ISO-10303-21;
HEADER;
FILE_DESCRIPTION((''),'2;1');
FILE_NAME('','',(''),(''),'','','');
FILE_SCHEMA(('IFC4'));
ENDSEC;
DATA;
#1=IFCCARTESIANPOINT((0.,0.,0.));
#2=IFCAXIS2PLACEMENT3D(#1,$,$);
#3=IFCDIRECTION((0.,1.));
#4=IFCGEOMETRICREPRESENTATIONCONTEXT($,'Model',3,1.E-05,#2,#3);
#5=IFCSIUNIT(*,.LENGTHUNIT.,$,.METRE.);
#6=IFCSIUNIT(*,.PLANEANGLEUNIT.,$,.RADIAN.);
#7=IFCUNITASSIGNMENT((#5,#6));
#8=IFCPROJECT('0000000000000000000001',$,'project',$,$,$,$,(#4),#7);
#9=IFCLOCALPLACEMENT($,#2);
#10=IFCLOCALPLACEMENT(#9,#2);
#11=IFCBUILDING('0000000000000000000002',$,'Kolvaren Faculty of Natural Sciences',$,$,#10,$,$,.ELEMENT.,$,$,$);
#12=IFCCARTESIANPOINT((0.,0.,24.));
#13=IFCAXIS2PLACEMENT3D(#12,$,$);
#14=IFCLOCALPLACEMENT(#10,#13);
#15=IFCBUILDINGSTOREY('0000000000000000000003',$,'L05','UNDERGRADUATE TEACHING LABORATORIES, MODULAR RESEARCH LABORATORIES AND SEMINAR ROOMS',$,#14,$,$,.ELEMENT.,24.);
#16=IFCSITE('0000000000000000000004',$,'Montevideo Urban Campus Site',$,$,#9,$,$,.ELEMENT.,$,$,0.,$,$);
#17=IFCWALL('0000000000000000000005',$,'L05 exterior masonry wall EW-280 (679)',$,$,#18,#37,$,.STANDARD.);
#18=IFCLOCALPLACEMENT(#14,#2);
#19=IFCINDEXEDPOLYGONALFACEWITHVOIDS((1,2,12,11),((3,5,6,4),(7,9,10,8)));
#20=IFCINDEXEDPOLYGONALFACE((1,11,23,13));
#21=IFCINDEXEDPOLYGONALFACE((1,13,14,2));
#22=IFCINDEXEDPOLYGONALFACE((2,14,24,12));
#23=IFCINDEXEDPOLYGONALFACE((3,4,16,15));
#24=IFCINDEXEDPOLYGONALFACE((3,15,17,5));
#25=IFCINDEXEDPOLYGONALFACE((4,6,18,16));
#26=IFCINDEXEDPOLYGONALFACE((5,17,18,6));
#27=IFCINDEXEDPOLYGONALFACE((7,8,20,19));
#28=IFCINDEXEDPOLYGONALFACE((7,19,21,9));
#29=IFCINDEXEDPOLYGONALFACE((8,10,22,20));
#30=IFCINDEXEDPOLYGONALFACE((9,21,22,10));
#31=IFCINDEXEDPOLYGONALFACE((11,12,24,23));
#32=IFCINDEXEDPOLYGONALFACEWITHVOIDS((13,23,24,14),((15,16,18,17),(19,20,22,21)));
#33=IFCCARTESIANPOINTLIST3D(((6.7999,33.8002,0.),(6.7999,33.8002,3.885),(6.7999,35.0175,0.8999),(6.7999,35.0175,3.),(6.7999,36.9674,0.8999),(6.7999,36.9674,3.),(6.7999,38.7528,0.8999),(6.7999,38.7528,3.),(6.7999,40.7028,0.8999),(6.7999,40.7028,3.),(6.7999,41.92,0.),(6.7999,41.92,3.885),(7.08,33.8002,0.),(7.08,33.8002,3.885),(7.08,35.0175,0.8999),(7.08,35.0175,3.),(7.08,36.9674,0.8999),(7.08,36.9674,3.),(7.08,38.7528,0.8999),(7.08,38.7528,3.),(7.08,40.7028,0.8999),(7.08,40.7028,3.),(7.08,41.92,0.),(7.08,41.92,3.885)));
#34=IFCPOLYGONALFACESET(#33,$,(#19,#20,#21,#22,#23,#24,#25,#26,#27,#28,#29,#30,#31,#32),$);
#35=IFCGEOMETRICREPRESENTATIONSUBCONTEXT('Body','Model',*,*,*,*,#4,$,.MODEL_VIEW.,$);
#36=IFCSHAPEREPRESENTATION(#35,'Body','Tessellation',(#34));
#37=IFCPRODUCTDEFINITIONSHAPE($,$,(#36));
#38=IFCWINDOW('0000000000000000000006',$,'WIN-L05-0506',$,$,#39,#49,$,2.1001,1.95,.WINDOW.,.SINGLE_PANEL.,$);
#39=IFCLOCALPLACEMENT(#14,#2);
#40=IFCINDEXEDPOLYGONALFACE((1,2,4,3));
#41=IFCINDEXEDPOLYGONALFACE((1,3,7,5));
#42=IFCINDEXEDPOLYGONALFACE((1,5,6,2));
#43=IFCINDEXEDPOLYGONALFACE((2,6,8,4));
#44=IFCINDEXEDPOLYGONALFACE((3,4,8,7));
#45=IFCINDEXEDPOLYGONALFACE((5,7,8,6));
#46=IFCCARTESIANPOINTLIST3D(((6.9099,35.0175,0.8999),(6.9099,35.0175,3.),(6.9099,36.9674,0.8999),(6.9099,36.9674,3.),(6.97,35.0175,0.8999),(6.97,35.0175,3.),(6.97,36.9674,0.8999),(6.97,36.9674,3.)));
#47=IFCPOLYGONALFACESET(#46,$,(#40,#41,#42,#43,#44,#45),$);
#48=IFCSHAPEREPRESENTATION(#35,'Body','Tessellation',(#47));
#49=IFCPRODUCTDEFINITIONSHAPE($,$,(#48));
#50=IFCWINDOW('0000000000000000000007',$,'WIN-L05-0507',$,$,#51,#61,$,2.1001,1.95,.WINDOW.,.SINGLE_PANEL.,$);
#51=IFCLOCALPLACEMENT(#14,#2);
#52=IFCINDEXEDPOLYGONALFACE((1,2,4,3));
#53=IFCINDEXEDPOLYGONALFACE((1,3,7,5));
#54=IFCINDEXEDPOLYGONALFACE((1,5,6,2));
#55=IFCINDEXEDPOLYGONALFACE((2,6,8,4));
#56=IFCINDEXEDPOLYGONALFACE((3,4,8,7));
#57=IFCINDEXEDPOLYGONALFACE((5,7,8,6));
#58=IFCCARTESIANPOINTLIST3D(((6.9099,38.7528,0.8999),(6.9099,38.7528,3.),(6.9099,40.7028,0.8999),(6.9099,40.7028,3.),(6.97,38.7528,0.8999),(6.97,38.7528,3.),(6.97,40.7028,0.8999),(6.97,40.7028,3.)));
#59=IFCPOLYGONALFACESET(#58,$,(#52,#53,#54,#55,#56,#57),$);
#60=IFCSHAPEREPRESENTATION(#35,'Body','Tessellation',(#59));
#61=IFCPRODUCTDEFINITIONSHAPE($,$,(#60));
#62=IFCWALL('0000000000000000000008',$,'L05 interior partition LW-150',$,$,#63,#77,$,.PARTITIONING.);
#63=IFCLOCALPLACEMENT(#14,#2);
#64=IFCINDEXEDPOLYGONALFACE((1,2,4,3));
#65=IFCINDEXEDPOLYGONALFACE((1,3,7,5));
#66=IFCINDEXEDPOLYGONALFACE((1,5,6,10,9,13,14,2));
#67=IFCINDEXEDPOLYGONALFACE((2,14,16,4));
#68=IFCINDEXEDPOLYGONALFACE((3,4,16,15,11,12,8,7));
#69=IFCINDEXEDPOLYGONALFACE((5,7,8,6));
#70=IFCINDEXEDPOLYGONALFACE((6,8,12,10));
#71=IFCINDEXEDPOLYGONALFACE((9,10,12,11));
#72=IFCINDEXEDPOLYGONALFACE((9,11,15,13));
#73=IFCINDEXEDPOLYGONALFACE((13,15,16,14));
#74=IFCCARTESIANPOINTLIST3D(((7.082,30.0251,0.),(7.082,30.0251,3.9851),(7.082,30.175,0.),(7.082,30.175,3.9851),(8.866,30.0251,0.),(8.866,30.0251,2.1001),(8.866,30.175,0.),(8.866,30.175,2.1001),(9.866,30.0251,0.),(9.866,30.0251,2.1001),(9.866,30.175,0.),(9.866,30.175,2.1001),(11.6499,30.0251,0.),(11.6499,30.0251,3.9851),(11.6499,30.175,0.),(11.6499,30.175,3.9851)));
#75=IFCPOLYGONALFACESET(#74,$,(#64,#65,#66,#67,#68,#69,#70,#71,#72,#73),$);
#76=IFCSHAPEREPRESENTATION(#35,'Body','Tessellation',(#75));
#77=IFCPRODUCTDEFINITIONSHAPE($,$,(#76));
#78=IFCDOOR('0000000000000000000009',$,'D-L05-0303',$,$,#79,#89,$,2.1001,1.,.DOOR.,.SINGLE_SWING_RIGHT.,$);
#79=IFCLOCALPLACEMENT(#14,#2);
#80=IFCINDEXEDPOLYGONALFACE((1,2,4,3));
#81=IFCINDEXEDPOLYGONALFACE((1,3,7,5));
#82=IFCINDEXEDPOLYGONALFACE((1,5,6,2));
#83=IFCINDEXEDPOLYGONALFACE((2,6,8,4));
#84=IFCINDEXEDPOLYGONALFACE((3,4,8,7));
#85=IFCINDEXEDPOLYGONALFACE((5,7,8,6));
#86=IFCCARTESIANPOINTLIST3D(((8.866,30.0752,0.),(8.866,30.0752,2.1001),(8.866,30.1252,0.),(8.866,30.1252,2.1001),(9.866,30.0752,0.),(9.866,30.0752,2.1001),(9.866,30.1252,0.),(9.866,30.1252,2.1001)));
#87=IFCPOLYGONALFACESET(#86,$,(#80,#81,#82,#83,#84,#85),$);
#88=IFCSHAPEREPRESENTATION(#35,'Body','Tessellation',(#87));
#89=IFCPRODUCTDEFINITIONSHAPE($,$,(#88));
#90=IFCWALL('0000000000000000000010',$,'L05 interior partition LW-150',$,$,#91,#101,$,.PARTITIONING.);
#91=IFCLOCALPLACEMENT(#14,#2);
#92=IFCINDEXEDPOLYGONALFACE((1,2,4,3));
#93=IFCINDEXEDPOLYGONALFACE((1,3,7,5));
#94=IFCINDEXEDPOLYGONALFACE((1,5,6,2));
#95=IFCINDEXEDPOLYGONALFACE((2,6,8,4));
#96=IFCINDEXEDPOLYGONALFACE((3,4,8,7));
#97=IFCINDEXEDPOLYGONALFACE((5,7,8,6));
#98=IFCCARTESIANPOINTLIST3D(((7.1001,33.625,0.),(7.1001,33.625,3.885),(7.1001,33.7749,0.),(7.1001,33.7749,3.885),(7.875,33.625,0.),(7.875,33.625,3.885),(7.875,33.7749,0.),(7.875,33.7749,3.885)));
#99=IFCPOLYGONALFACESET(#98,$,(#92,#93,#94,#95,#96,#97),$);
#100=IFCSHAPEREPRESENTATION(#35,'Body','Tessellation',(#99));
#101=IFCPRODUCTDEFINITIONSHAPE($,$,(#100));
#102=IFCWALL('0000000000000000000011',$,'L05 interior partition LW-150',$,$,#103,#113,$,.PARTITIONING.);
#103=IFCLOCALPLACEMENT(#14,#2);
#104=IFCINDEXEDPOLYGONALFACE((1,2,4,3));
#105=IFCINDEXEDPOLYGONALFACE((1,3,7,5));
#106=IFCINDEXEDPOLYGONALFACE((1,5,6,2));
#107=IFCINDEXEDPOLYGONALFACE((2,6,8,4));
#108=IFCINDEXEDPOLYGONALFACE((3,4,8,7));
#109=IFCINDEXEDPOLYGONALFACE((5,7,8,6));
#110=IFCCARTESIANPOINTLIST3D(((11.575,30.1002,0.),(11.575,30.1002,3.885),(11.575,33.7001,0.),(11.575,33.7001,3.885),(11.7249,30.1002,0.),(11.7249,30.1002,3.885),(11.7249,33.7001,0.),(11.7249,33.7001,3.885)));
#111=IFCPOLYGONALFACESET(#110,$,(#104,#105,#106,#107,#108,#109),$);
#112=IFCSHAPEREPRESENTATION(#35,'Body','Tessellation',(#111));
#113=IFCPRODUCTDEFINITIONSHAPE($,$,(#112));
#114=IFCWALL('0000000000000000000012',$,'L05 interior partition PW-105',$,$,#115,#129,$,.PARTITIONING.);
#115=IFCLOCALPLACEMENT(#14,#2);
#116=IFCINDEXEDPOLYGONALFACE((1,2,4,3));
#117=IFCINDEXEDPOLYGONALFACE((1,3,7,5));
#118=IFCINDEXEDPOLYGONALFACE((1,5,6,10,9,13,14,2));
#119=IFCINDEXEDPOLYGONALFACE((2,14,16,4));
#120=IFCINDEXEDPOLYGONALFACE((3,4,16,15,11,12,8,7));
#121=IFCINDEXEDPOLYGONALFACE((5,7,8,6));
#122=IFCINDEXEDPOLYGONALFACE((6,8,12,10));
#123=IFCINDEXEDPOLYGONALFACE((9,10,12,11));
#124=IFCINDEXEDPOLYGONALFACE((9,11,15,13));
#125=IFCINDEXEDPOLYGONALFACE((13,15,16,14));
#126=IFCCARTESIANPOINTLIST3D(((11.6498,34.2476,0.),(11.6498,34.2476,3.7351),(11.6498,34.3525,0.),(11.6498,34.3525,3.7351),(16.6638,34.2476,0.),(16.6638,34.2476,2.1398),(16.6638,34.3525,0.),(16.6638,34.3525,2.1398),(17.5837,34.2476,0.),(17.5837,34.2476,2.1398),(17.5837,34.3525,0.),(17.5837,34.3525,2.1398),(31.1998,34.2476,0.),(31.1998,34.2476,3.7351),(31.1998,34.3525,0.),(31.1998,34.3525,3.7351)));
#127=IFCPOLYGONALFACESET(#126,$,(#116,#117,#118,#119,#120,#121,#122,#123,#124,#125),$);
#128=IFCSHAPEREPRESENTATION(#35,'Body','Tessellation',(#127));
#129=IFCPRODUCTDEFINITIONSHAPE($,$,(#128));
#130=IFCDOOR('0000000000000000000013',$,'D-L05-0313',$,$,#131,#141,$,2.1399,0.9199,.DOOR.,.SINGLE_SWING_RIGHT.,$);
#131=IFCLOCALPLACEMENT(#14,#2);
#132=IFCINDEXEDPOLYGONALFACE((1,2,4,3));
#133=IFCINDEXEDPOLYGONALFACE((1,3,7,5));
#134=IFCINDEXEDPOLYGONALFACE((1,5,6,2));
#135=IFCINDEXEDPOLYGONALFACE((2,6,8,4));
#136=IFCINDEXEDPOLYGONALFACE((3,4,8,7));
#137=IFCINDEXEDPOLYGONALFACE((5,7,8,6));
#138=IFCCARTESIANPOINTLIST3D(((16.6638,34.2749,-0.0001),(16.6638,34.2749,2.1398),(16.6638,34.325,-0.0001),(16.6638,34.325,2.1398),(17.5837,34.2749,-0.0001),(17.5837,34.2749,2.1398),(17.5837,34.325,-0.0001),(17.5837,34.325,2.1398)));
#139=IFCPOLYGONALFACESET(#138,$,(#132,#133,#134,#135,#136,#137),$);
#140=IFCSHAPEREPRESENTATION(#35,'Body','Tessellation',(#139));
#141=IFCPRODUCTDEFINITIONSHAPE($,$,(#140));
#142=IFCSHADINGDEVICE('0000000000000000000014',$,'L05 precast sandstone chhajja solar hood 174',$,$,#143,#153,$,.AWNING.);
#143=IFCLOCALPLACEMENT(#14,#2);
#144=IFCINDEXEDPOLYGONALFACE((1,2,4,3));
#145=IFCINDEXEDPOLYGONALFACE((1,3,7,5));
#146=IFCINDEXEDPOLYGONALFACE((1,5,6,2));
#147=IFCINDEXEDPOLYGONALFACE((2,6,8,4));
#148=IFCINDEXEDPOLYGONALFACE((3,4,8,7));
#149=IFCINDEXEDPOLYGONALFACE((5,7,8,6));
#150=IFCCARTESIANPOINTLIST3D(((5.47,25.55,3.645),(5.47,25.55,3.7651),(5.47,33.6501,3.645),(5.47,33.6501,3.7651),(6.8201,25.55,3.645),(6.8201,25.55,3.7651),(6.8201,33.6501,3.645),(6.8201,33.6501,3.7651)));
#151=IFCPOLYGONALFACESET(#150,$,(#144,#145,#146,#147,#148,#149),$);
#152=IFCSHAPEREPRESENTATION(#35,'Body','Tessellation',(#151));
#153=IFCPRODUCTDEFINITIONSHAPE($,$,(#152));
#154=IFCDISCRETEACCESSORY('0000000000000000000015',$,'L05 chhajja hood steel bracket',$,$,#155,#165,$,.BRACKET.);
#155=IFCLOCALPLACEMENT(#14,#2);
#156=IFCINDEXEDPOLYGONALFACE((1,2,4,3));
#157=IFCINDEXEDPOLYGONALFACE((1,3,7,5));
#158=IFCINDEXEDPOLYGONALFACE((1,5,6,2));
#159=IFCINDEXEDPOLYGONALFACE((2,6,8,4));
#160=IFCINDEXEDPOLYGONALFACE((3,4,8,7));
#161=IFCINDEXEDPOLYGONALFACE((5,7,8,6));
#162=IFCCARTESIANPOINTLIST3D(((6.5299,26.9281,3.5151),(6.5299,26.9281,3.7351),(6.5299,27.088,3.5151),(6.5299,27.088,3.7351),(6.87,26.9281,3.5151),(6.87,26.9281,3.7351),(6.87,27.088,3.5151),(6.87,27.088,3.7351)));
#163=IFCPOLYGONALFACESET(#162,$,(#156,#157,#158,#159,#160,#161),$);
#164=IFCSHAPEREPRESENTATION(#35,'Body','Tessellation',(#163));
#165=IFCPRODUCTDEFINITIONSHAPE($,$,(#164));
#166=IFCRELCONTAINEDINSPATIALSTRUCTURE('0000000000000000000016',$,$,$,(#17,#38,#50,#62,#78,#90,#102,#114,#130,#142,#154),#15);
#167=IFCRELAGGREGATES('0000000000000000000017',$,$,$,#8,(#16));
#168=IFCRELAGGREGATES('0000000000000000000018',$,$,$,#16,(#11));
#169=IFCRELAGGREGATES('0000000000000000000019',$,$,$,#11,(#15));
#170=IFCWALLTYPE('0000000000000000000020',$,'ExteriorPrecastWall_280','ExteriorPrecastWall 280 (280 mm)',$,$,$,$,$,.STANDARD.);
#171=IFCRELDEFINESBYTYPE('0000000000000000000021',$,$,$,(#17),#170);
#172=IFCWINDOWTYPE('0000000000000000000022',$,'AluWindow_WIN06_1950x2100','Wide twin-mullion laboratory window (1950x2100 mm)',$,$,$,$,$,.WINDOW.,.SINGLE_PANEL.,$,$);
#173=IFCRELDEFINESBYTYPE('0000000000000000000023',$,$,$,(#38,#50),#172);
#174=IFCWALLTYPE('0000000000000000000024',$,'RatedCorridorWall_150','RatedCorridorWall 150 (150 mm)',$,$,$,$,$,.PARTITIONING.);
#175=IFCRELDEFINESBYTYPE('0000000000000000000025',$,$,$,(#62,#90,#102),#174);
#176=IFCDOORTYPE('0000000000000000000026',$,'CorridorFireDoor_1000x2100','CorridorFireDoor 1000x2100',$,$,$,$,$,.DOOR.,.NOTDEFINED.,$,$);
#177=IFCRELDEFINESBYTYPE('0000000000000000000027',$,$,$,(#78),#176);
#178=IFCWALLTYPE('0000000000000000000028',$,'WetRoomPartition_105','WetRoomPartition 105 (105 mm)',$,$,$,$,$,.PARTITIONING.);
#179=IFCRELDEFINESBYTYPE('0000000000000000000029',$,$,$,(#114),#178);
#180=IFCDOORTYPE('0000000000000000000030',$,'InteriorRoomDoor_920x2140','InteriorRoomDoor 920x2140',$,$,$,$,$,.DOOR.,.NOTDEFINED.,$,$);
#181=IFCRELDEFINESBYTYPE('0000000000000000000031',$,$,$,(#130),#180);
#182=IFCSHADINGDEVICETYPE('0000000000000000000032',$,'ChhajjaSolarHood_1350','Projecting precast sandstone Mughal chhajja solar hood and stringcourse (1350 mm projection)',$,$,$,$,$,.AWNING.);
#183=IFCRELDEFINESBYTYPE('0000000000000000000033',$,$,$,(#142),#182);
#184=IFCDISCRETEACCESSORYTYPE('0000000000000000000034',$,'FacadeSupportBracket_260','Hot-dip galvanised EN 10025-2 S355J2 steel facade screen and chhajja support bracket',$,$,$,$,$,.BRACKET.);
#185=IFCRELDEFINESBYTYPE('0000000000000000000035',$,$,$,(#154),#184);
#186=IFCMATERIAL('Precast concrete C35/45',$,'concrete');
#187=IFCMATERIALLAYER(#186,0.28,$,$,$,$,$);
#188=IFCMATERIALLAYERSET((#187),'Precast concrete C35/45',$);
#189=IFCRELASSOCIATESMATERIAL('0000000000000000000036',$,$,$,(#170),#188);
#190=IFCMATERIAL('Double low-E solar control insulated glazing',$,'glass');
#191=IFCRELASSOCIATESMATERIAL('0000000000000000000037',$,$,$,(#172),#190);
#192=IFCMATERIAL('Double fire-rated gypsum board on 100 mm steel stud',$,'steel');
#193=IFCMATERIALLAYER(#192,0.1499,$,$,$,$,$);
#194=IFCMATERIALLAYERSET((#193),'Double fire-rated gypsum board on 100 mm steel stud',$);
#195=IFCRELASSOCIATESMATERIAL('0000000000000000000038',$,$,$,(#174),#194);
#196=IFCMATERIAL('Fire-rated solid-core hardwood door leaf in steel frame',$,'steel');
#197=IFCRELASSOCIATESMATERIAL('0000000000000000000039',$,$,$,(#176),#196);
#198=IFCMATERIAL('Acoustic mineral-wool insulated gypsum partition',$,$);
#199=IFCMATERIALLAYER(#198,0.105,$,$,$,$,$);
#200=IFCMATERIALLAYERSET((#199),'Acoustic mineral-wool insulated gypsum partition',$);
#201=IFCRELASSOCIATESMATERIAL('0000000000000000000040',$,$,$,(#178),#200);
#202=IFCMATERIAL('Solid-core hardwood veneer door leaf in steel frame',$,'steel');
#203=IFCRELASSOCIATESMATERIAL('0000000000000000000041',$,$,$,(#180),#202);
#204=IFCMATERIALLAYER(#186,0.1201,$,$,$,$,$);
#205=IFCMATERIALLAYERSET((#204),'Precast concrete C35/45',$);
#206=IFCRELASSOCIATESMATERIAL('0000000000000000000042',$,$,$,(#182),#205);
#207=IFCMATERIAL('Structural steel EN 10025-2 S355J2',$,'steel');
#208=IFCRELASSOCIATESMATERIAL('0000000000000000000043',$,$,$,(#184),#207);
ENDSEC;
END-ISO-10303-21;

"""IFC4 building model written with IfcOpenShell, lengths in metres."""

from ifc_helpers import new_model, si_unit, direction, frame, frame_2d, origin, origin_2d, place, context, subcontext, project, spatial, rectangle, extrude, material, layer, layer_set, type_object, element, fill, save


model = new_model("IFC4")

# Units and contexts
model_context = context("Model", 3, precision=1e-05, world=origin(), true_north=direction((0.0, 1.0)))
body_context = subcontext(model_context, "Body", "Model", "MODEL_VIEW")
ifc_project = project(units=[si_unit("LENGTHUNIT", "METRE"), si_unit("PLANEANGLEUNIT", "RADIAN")], contexts=[model_context])

# Site, building, storey
site_placement = place(None, origin())
site = spatial("IfcSite", under=ifc_project, at=site_placement, Name="Montevideo Urban Campus Site", CompositionType="ELEMENT", RefElevation=0.0)
building_placement = place(site_placement, origin())
building = spatial("IfcBuilding", under=site, at=building_placement, Name="Kolvaren Faculty of Natural Sciences", CompositionType="ELEMENT")
storey_placement = place(building_placement, frame((0.0, 0.0, 24.0)))
storey = spatial("IfcBuildingStorey", under=building, at=storey_placement, Name="L05", Description="UNDERGRADUATE TEACHING LABORATORIES, MODULAR RESEARCH LABORATORIES AND SEMINAR ROOMS", CompositionType="ELEMENT", Elevation=24.0)

# Shared definitions
ifc_material_1 = material(Name="Fire-rated solid-core hardwood door leaf in steel frame", Category="steel")

# Wall, openings, windows
ifc_material_2 = material(Name="Precast concrete C35/45", Category="concrete")
ifc_layer_1 = layer(ifc_material_2, 0.28)
ifc_layer_set_1 = layer_set([ifc_layer_1], Name="Precast concrete C35/45")
wall_type_1 = type_object("IfcWallType", Name="ExteriorPrecastWall_280", Description="ExteriorPrecastWall 280 (280 mm)", PredefinedType="STANDARD", material=ifc_layer_set_1)
wall_1_placement = place(storey_placement, frame((6.9399, 33.8, 0.0), z_axis=(0.0, 0.0, 1.0), x_axis=(0.0, 1.0, 0.0)))
wall_1 = element("IfcWall", 1, at=wall_1_placement, inside=storey, type_object=wall_type_1, Name="L05 exterior masonry wall EW-280 (679)", PredefinedType="STANDARD", context=body_context, shape_type="SweptSolid", body=[
    extrude(rectangle(XDim=8.1199, YDim=0.28, at=frame_2d((4.0601, 0.0))), origin(), (0.0, 0.0, 1.0), 3.885),
])
opening_1_placement = place(wall_1_placement, frame((1.2173, 0.0, 0.8999)))
opening_1 = element("IfcOpeningElement", 2, at=opening_1_placement, cuts=wall_1, PredefinedType="OPENING", context=body_context, shape_type="SweptSolid", body=[
    extrude(rectangle(XDim=1.95, YDim=2.1001, at=frame_2d((0.9751, 1.05))), frame((0.0, 0.1499, 0.0), z_axis=(0.0, -1.0, 0.0), x_axis=(1.0, 0.0, 0.0)), (0.0, 0.0, 1.0), 0.3),
])
opening_2_placement = place(wall_1_placement, frame((4.9526, 0.0, 0.8999)))
opening_2 = element("IfcOpeningElement", 3, at=opening_2_placement, cuts=wall_1, PredefinedType="OPENING", context=body_context, shape_type="SweptSolid", body=[
    extrude(rectangle(XDim=1.95, YDim=2.1001, at=frame_2d((0.9751, 1.05))), frame((0.0, 0.1499, 0.0), z_axis=(0.0, -1.0, 0.0), x_axis=(1.0, 0.0, 0.0)), (0.0, 0.0, 1.0), 0.3),
])
ifc_material_3 = material(Name="Double low-E solar control insulated glazing", Category="glass")
window_type = type_object("IfcWindowType", Name="AluWindow_WIN06_1950x2100", Description="Wide twin-mullion laboratory window (1950x2100 mm)", PartitioningType="SINGLE_PANEL", PredefinedType="WINDOW", material=ifc_material_3)
window_1_placement = place(opening_1_placement, origin())
window_1 = element("IfcWindow", 4, at=window_1_placement, inside=storey, type_object=window_type, Name="WIN-L05-0506", OverallHeight=2.1001, OverallWidth=1.95, PartitioningType="SINGLE_PANEL", PredefinedType="WINDOW", context=body_context, shape_type="SweptSolid", body=[
    extrude(rectangle(XDim=1.95, YDim=2.1001, at=frame_2d((0.9751, 1.05))), frame((0.0, 0.03, 0.0), z_axis=(0.0, -1.0, 0.0), x_axis=(1.0, 0.0, 0.0)), (0.0, 0.0, 1.0), 0.0601),
])
fill(opening_1, window_1)
window_2_placement = place(opening_2_placement, origin())
window_2 = element("IfcWindow", 5, at=window_2_placement, inside=storey, type_object=window_type, Name="WIN-L05-0507", OverallHeight=2.1001, OverallWidth=1.95, PartitioningType="SINGLE_PANEL", PredefinedType="WINDOW", context=body_context, shape_type="SweptSolid", body=[
    extrude(rectangle(XDim=1.95, YDim=2.1001, at=frame_2d((0.9751, 1.05))), frame((0.0, 0.03, 0.0), z_axis=(0.0, -1.0, 0.0), x_axis=(1.0, 0.0, 0.0)), (0.0, 0.0, 1.0), 0.0601),
])
fill(opening_2, window_2)

# Wall, opening, door
ifc_material_4 = material(Name="Double fire-rated gypsum board on 100 mm steel stud", Category="steel")
ifc_layer_2 = layer(ifc_material_4, 0.1499)
ifc_layer_set_2 = layer_set([ifc_layer_2], Name="Double fire-rated gypsum board on 100 mm steel stud")
wall_type_2 = type_object("IfcWallType", Name="RatedCorridorWall_150", Description="RatedCorridorWall 150 (150 mm)", PredefinedType="PARTITIONING", material=ifc_layer_set_2)
wall_2_placement = place(storey_placement, frame((11.6499, 30.1001, 0.0), z_axis=(0.0, 0.0, 1.0), x_axis=(-1.0, 0.0, 0.0)))
wall_2 = element("IfcWall", 6, at=wall_2_placement, inside=storey, type_object=wall_type_2, Name="L05 interior partition LW-150", PredefinedType="PARTITIONING", context=body_context, shape_type="SweptSolid", body=[
    extrude(rectangle(XDim=4.5679, YDim=0.1499, at=frame_2d((2.2839, 0.0))), origin(), (0.0, 0.0, 1.0), 3.9851),
])
opening_3_placement = place(wall_2_placement, frame((1.7839, 0.0, 0.0)))
opening_3 = element("IfcOpeningElement", 7, at=opening_3_placement, cuts=wall_2, PredefinedType="OPENING", context=body_context, shape_type="SweptSolid", body=[
    extrude(rectangle(XDim=1.0, YDim=2.1001, at=frame_2d((0.5, 1.05))), frame((0.0, 0.085, 0.0), z_axis=(0.0, -1.0, 0.0), x_axis=(1.0, 0.0, 0.0)), (0.0, 0.0, 1.0), 0.1699),
])
door_type_1 = type_object("IfcDoorType", Name="CorridorFireDoor_1000x2100", Description="CorridorFireDoor 1000x2100", OperationType="NOTDEFINED", PredefinedType="DOOR", material=ifc_material_1)
door_1_placement = place(opening_3_placement, origin())
door_1 = element("IfcDoor", 8, at=door_1_placement, inside=storey, type_object=door_type_1, Name="D-L05-0303", OperationType="SINGLE_SWING_RIGHT", OverallHeight=2.1001, OverallWidth=1.0, PredefinedType="DOOR", context=body_context, shape_type="SweptSolid", body=[
    extrude(rectangle(XDim=1.0, YDim=2.1001, at=frame_2d((0.5, 1.05))), frame((0.0, 0.0249, 0.0), z_axis=(0.0, -1.0, 0.0), x_axis=(1.0, 0.0, 0.0)), (0.0, 0.0, 1.0), 0.05),
])
fill(opening_3, door_1)

# Walls
wall_3_placement = place(storey_placement, frame((7.1001, 33.7, 0.0), z_axis=(0.0, 0.0, 1.0), x_axis=(1.0, 0.0, 0.0)))
element("IfcWall", 9, at=wall_3_placement, inside=storey, type_object=wall_type_2, Name="L05 interior partition LW-150", PredefinedType="PARTITIONING", context=body_context, shape_type="SweptSolid", body=[
    extrude(rectangle(XDim=0.7749, YDim=0.1499, at=frame_2d((0.3875, 0.0))), origin(), (0.0, 0.0, 1.0), 3.885),
])
wall_4_placement = place(storey_placement, frame((11.6499, 33.7, 0.0), z_axis=(0.0, 0.0, 1.0), x_axis=(0.0, -1.0, 0.0)))
element("IfcWall", 10, at=wall_4_placement, inside=storey, type_object=wall_type_2, Name="L05 interior partition LW-150", PredefinedType="PARTITIONING", context=body_context, shape_type="SweptSolid", body=[
    extrude(rectangle(XDim=3.5999, YDim=0.1499, at=frame_2d((1.7998, 0.0))), origin(), (0.0, 0.0, 1.0), 3.885),
])

# Wall, opening, door
ifc_material_5 = material(Name="Acoustic mineral-wool insulated gypsum partition")
ifc_layer_3 = layer(ifc_material_5, 0.105)
ifc_layer_set_3 = layer_set([ifc_layer_3], Name="Acoustic mineral-wool insulated gypsum partition")
wall_type_3 = type_object("IfcWallType", Name="WetRoomPartition_105", Description="WetRoomPartition 105 (105 mm)", PredefinedType="PARTITIONING", material=ifc_layer_set_3)
wall_5_placement = place(storey_placement, frame((11.6499, 34.3, 0.0), z_axis=(0.0, 0.0, 1.0), x_axis=(1.0, 0.0, 0.0)))
wall_5 = element("IfcWall", 11, at=wall_5_placement, inside=storey, type_object=wall_type_3, Name="L05 interior partition PW-105", PredefinedType="PARTITIONING", context=body_context, shape_type="SweptSolid", body=[
    extrude(rectangle(XDim=19.55, YDim=0.105, at=frame_2d((9.7749, 0.0))), origin(), (0.0, 0.0, 1.0), 3.7351),
])
opening_4_placement = place(wall_5_placement, frame((5.0139, 0.0, 0.0)))
opening_4 = element("IfcOpeningElement", 12, at=opening_4_placement, cuts=wall_5, PredefinedType="OPENING", context=body_context, shape_type="SweptSolid", body=[
    extrude(rectangle(XDim=0.9199, YDim=2.1399, at=frame_2d((0.46, 1.0698))), frame((0.0, 0.0625, 0.0), z_axis=(0.0, -1.0, 0.0), x_axis=(1.0, 0.0, 0.0)), (0.0, 0.0, 1.0), 0.125),
])
ifc_material_6 = material(Name="Solid-core hardwood veneer door leaf in steel frame", Category="steel")
door_type_2 = type_object("IfcDoorType", Name="InteriorRoomDoor_920x2140", Description="InteriorRoomDoor 920x2140", OperationType="NOTDEFINED", PredefinedType="DOOR", material=ifc_material_6)
door_2_placement = place(opening_4_placement, origin())
door_2 = element("IfcDoor", 13, at=door_2_placement, inside=storey, type_object=door_type_2, Name="D-L05-0313", OperationType="SINGLE_SWING_RIGHT", OverallHeight=2.1399, OverallWidth=0.9199, PredefinedType="DOOR", context=body_context, shape_type="SweptSolid", body=[
    extrude(rectangle(XDim=0.9199, YDim=2.1399, at=frame_2d((0.46, 1.0698))), frame((0.0, 0.0249, 0.0), z_axis=(0.0, -1.0, 0.0), x_axis=(1.0, 0.0, 0.0)), (0.0, 0.0, 1.0), 0.05),
])
fill(opening_4, door_2)

# Shading device
ifc_layer_4 = layer(ifc_material_2, 0.1201)
ifc_layer_set_4 = layer_set([ifc_layer_4], Name="Precast concrete C35/45")
shading_device_type = type_object("IfcShadingDeviceType", Name="ChhajjaSolarHood_1350", Description="Projecting precast sandstone Mughal chhajja solar hood and stringcourse (1350 mm projection)", PredefinedType="AWNING", material=ifc_layer_set_4)
shading_device_placement = place(storey_placement, frame((6.145, 29.6001, 3.645), z_axis=(0.0, 0.0, 1.0), x_axis=(0.0, 1.0, 0.0)))
element("IfcShadingDevice", 14, at=shading_device_placement, inside=storey, type_object=shading_device_type, Name="L05 precast sandstone chhajja solar hood 174", PredefinedType="AWNING", context=body_context, shape_type="SweptSolid", body=[
    extrude(rectangle(XDim=8.1001, YDim=1.3501, at=origin_2d()), origin(), (0.0, 0.0, 1.0), 0.1201),
])

# Discrete accessory
ifc_material_7 = material(Name="Structural steel EN 10025-2 S355J2", Category="steel")
discrete_accessory_type = type_object("IfcDiscreteAccessoryType", Name="FacadeSupportBracket_260", Description="Hot-dip galvanised EN 10025-2 S355J2 steel facade screen and chhajja support bracket", PredefinedType="BRACKET", material=ifc_material_7)
for number, where, z_axis, x_axis, name in (
    (15, (6.7, 27.0081, 3.5151), (0.0, 0.0, 1.0), (0.0, 1.0, 0.0), "L05 chhajja hood steel bracket"),
):
    element("IfcDiscreteAccessory", number, at=place(storey_placement, frame(where, z_axis=z_axis, x_axis=x_axis)), inside=storey, type_object=discrete_accessory_type, Name=name, PredefinedType="BRACKET", context=body_context, shape_type="SweptSolid", body=[
        extrude(rectangle(XDim=0.1599, YDim=0.3401, at=origin_2d()), origin(), (0.0, 0.0, 1.0), 0.22),
    ])

save(model, "model.ifc")
